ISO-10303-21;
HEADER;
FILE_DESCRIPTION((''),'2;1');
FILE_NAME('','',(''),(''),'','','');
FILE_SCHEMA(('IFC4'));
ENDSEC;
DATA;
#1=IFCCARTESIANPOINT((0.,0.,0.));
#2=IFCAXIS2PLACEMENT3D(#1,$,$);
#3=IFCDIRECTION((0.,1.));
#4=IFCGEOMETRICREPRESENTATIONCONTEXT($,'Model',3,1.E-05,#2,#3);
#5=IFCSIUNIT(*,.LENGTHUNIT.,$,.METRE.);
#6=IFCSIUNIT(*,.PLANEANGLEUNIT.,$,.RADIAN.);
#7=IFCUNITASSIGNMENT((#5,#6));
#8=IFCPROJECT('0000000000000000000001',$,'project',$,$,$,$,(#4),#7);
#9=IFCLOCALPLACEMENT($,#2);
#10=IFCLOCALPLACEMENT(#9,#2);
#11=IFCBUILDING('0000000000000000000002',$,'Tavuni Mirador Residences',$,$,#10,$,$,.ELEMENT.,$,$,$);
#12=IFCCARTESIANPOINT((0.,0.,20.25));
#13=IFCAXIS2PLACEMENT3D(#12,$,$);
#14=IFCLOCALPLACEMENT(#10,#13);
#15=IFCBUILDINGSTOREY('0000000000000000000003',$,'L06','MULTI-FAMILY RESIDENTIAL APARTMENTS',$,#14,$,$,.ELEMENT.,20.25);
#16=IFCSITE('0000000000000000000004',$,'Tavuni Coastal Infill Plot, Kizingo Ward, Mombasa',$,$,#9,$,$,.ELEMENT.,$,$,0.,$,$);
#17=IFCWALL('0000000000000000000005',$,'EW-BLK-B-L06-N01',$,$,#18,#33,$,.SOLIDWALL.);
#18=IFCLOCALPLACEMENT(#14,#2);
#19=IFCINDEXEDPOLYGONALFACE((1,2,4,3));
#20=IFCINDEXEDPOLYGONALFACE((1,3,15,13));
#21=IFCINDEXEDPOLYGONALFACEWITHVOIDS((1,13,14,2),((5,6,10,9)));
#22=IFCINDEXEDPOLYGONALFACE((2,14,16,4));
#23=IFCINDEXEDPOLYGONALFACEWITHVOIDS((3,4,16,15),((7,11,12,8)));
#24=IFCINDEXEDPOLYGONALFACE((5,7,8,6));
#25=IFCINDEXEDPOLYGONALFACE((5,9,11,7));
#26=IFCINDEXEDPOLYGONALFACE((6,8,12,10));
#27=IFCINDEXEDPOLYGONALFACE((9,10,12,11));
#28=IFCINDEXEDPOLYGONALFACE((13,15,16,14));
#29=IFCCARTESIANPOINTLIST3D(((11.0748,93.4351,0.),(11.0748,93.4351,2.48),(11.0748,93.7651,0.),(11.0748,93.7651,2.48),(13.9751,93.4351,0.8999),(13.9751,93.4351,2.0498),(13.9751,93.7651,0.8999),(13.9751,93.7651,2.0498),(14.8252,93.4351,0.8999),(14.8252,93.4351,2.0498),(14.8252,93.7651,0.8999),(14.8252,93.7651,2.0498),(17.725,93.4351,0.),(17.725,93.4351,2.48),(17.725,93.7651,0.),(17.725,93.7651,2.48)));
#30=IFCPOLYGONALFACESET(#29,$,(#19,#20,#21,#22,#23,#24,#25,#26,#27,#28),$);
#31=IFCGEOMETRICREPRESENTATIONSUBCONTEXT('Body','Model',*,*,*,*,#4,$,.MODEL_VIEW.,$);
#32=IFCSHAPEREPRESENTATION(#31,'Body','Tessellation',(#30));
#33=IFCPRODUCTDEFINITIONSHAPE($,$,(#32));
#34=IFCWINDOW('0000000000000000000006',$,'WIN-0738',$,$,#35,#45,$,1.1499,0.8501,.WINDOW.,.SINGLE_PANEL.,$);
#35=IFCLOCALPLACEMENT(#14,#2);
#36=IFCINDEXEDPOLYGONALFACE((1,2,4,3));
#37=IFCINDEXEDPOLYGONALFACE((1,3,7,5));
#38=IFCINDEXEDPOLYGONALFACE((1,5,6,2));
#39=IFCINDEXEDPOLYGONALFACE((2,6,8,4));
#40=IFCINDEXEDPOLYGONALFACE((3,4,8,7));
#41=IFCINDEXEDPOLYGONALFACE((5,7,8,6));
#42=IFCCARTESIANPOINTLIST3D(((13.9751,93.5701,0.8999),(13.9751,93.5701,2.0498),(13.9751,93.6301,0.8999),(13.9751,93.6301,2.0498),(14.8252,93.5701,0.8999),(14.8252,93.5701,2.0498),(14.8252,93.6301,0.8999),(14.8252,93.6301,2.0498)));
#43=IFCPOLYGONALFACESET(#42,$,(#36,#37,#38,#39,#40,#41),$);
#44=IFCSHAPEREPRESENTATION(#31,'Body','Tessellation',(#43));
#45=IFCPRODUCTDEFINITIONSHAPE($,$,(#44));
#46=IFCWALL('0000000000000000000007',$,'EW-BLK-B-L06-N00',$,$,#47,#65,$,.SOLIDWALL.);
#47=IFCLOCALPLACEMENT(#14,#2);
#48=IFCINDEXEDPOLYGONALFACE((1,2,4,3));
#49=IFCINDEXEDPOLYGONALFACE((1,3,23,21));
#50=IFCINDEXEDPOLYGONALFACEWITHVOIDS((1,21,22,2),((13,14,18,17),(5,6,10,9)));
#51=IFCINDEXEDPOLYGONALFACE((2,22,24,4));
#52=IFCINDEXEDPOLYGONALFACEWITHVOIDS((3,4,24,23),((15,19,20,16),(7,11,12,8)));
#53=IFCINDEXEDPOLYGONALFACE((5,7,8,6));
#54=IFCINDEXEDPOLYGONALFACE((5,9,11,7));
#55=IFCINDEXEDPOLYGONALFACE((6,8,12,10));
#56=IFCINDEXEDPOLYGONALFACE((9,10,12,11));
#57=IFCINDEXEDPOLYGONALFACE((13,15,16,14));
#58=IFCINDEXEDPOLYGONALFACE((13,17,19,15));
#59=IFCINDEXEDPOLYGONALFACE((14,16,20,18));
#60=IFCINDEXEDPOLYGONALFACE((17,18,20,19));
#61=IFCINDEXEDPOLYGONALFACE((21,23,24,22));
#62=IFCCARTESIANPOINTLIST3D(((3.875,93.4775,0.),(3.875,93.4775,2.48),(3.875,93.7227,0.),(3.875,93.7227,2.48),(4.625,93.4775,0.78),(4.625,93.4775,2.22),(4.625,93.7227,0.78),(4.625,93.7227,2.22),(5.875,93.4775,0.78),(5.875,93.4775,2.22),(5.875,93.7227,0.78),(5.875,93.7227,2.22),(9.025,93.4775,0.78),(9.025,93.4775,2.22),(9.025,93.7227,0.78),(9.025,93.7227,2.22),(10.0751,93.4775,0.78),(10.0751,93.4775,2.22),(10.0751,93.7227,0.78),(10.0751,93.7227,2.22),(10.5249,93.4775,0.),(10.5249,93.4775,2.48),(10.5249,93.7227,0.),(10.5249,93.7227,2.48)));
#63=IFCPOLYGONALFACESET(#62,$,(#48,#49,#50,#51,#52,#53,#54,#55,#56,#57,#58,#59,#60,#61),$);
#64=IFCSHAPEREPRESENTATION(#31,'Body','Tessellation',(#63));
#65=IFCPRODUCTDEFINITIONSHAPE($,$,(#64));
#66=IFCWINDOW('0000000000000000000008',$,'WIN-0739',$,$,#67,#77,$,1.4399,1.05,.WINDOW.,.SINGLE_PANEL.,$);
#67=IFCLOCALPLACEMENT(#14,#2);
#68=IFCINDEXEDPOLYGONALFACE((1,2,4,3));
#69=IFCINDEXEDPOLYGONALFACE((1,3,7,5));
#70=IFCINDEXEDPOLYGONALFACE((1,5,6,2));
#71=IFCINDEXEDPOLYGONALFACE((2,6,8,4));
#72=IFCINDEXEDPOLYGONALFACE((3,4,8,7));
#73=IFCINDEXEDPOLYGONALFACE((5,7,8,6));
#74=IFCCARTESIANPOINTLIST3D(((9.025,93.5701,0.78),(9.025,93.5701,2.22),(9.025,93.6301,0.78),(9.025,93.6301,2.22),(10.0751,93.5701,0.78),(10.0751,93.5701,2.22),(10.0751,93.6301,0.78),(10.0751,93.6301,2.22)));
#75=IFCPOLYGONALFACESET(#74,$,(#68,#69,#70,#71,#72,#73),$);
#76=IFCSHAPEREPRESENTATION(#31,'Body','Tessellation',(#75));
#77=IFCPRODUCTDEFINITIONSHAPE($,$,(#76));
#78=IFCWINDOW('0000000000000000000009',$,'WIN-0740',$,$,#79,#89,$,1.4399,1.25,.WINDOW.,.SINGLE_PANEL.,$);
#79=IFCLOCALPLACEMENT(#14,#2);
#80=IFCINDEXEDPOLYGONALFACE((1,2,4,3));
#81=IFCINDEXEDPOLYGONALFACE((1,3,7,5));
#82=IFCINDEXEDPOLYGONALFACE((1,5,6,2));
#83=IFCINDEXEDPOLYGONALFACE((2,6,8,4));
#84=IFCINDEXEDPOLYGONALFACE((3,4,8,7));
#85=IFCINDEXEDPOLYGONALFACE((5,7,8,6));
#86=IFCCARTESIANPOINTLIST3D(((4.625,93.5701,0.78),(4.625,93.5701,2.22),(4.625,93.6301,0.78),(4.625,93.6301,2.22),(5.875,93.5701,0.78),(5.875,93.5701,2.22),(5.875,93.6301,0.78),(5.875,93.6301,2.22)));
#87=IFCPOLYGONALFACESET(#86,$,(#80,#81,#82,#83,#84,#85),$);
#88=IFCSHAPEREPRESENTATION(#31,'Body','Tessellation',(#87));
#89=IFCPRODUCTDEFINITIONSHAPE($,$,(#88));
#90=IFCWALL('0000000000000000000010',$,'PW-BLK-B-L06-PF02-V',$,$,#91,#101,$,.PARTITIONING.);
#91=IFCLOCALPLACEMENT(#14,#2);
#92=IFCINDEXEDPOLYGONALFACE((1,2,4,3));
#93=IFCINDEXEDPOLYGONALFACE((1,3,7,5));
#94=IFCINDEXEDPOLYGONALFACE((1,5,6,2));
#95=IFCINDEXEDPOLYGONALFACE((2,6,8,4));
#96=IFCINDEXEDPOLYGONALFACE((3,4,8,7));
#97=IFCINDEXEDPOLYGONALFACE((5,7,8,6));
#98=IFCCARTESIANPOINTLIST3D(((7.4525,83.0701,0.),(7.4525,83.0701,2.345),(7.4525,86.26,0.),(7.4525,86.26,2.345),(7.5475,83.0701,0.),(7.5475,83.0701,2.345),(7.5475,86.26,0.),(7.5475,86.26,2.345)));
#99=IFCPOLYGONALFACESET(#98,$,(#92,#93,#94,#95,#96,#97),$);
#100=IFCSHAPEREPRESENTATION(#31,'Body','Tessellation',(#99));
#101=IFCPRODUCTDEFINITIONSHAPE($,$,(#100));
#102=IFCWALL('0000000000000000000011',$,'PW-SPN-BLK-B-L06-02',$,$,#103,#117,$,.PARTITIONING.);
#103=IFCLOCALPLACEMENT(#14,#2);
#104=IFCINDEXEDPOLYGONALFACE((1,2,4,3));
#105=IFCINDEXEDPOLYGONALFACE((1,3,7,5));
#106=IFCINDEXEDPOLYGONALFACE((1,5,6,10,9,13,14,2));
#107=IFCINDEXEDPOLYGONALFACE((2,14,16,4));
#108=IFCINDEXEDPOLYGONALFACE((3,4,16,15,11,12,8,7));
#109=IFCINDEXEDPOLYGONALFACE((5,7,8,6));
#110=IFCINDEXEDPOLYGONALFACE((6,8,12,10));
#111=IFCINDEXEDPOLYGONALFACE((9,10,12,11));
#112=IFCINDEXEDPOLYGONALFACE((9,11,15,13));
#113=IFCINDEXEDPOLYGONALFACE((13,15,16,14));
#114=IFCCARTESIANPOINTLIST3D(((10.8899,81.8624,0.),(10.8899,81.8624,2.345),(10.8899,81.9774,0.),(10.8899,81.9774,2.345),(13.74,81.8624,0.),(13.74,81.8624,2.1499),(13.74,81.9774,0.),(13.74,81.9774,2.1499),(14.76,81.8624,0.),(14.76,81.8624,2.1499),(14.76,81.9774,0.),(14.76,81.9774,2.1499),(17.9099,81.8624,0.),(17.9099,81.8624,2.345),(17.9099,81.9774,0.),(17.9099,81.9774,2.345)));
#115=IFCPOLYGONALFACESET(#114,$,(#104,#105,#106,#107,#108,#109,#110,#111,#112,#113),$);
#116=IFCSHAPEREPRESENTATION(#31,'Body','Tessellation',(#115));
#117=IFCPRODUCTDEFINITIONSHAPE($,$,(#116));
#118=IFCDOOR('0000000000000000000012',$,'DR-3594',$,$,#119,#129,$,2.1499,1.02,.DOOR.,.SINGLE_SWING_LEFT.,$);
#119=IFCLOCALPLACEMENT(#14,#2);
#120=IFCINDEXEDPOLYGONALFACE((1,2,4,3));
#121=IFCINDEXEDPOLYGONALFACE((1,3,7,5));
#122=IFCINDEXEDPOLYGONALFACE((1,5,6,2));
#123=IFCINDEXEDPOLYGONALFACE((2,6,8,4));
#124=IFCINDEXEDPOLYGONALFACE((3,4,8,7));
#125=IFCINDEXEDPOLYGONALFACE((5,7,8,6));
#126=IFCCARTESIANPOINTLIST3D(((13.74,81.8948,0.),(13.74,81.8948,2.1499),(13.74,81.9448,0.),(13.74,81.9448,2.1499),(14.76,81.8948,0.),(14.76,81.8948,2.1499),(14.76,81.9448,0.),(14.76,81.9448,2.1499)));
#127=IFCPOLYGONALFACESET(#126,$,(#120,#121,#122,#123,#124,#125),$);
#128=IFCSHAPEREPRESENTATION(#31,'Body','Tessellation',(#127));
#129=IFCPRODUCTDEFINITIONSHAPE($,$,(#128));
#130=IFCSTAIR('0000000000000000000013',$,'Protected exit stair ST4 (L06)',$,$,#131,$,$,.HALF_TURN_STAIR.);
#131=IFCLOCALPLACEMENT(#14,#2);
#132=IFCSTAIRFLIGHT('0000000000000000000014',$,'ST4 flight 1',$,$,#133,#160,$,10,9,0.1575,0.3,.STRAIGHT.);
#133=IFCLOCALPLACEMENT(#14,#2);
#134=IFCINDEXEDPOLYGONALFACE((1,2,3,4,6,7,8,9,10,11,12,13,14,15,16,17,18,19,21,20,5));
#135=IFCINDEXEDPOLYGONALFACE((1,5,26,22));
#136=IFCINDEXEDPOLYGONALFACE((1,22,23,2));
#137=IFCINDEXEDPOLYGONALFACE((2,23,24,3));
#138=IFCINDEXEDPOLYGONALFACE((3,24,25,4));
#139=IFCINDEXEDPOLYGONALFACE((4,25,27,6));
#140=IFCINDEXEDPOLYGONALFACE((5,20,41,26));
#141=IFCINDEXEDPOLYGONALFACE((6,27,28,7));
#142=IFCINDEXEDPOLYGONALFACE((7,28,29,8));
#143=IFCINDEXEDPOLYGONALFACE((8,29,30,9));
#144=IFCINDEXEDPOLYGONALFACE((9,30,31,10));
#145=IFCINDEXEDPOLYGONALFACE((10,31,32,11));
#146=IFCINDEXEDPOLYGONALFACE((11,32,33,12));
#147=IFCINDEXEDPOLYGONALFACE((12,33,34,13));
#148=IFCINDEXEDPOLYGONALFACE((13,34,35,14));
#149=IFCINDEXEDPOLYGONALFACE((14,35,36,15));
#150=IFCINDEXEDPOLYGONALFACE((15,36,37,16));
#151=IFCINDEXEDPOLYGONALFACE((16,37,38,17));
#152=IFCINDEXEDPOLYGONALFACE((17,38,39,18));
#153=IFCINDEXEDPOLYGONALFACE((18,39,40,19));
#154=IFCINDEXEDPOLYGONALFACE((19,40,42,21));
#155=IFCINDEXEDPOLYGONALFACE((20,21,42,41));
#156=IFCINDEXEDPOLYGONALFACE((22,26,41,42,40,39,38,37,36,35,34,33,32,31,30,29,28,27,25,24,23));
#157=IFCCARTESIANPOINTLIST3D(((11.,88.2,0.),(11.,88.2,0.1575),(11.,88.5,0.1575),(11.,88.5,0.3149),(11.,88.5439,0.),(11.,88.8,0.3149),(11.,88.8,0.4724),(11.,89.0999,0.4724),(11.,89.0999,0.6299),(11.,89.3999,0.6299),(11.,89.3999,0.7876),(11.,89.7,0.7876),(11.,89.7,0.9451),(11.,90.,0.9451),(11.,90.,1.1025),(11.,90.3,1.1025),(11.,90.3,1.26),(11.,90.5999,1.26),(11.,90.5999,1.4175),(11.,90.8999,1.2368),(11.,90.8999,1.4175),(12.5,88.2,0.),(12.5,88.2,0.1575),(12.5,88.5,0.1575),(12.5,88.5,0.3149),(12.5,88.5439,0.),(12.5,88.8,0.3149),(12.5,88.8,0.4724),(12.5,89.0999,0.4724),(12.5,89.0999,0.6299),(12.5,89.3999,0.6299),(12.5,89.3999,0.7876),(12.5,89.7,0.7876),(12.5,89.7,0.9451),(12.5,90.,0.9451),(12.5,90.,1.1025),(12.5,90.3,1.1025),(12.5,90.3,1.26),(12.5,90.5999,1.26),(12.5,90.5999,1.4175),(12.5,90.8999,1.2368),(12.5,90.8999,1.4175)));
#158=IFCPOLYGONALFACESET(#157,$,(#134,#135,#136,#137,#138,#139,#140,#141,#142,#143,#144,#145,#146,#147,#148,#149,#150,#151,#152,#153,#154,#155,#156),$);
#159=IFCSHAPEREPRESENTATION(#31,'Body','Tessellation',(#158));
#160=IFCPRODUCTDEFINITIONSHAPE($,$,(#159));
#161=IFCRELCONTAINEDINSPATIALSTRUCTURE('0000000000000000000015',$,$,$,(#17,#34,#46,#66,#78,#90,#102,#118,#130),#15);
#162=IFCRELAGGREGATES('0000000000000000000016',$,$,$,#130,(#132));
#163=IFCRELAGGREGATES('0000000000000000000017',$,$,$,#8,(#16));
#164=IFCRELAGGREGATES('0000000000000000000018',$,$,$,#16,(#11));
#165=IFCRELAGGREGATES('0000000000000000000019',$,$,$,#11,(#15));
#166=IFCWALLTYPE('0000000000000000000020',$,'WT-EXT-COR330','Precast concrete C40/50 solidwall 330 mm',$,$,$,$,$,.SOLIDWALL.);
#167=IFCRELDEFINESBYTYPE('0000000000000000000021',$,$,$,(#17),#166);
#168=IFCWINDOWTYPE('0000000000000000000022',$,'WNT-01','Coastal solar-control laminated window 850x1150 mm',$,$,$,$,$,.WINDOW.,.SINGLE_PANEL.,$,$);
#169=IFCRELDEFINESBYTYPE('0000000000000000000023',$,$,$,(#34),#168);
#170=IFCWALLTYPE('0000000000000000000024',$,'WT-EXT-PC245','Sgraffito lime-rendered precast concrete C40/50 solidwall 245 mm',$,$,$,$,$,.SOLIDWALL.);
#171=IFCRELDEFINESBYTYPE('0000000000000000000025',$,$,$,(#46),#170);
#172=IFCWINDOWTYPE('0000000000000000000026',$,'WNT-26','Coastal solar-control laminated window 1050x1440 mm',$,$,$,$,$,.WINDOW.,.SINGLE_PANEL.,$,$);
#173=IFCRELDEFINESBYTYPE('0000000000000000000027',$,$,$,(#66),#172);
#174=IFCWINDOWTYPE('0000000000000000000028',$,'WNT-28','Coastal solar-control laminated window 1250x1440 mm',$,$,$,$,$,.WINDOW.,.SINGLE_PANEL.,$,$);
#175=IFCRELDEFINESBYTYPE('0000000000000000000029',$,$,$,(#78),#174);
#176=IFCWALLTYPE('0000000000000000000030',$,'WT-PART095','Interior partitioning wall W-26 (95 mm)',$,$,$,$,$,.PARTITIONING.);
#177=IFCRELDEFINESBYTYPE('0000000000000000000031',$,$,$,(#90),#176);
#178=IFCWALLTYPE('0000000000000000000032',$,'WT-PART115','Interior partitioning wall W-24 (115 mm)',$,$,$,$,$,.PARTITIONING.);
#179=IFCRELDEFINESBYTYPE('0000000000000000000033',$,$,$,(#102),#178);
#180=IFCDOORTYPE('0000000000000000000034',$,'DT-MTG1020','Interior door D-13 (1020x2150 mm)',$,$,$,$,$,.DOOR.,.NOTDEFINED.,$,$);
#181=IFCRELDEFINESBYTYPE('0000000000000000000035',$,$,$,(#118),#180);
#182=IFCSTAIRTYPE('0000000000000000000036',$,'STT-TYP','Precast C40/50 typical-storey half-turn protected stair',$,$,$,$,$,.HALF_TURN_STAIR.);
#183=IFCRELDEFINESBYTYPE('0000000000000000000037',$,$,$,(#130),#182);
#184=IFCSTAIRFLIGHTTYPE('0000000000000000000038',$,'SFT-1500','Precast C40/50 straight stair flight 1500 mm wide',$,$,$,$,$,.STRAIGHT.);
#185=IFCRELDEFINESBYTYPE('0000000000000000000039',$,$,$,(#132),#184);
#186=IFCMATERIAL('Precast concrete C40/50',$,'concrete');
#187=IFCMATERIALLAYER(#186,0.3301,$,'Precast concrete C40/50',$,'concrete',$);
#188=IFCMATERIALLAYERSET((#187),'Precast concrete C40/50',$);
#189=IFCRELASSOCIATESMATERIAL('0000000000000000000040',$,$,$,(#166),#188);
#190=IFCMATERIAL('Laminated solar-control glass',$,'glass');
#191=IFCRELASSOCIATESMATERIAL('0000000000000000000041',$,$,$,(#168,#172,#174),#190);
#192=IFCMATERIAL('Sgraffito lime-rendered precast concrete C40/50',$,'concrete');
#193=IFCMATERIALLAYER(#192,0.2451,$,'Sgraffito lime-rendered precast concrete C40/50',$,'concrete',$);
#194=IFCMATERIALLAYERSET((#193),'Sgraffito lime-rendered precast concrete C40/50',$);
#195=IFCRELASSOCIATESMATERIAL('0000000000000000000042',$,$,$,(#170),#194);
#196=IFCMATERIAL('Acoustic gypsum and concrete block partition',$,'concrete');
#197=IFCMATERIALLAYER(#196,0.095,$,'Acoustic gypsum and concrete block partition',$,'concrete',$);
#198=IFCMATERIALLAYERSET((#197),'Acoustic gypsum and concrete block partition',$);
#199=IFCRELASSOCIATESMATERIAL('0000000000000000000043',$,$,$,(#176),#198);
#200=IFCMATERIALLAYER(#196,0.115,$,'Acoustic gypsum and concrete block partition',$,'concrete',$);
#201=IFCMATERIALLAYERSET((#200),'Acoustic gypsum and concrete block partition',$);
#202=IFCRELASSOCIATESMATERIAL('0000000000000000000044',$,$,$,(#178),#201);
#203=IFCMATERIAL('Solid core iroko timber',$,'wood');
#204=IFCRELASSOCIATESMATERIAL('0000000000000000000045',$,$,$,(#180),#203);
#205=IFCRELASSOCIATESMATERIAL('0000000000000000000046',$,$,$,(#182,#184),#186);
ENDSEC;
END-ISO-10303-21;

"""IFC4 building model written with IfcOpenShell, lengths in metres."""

from ifc_helpers import new_model, si_unit, direction, frame, frame_2d, origin, place, context, subcontext, project, spatial, polyline, rectangle, outline, extrude, material, layer, layer_set, type_object, element, fill, aggregate, save


model = new_model("IFC4")

# Units and contexts
model_context = context("Model", 3, precision=1e-05, world=origin(), true_north=direction((0.0, 1.0)))
body_context = subcontext(model_context, "Body", "Model", "MODEL_VIEW")
ifc_project = project(units=[si_unit("LENGTHUNIT", "METRE"), si_unit("PLANEANGLEUNIT", "RADIAN")], contexts=[model_context])

# Site, building, storey
site_placement = place(None, origin())
site = spatial("IfcSite", under=ifc_project, at=site_placement, Name="Tavuni Coastal Infill Plot, Kizingo Ward, Mombasa", CompositionType="ELEMENT", RefElevation=0.0)
building_placement = place(site_placement, origin())
building = spatial("IfcBuilding", under=site, at=building_placement, Name="Tavuni Mirador Residences", CompositionType="ELEMENT")
storey_placement = place(building_placement, frame((0.0, 0.0, 20.25)))
storey = spatial("IfcBuildingStorey", under=building, at=storey_placement, Name="L06", Description="MULTI-FAMILY RESIDENTIAL APARTMENTS", CompositionType="ELEMENT", Elevation=20.25)

# Shared definitions
ifc_material_1 = material(Name="Precast concrete C40/50", Category="concrete")

# Shared definitions
ifc_material_2 = material(Name="Solid core iroko timber", Category="wood")

# Wall, opening, window
ifc_layer_1 = layer(ifc_material_1, 0.3301, Name="Precast concrete C40/50", Category="concrete")
ifc_layer_set_1 = layer_set([ifc_layer_1], Name="Precast concrete C40/50")
wall_type_1 = type_object("IfcWallType", Name="WT-EXT-COR330", Description="Precast concrete C40/50 solidwall 330 mm", PredefinedType="SOLIDWALL", material=ifc_layer_set_1)
wall_1_placement = place(storey_placement, frame((17.7251, 93.6001, 0.0), z_axis=(0.0, 0.0, 1.0), x_axis=(-1.0, 0.0, 0.0)))
wall_1 = element("IfcWall", 1, at=wall_1_placement, inside=storey, type_object=wall_type_1, Name="EW-BLK-B-L06-N01", PredefinedType="SOLIDWALL", context=body_context, shape_type="SweptSolid", body=[
    extrude(rectangle(XDim=6.6501, YDim=0.3301, at=frame_2d((3.3252, 0.0))), origin(), (0.0, 0.0, 1.0), 2.48),
])
opening_1_placement = place(wall_1_placement, frame((2.8999, 0.0, 0.8999)))
opening_1 = element("IfcOpeningElement", 2, at=opening_1_placement, cuts=wall_1, PredefinedType="OPENING", context=body_context, shape_type="SweptSolid", body=[
    extrude(rectangle(XDim=0.8501, YDim=1.1499, at=frame_2d((0.425, 0.575))), frame((0.0, 0.175, 0.0), z_axis=(0.0, -1.0, 0.0), x_axis=(1.0, 0.0, 0.0)), (0.0, 0.0, 1.0), 0.3501),
])
ifc_material_3 = material(Name="Laminated solar-control glass", Category="glass")
window_type_1 = type_object("IfcWindowType", Name="WNT-01", Description="Coastal solar-control laminated window 850x1150 mm", PartitioningType="SINGLE_PANEL", PredefinedType="WINDOW", material=ifc_material_3)
window_1_placement = place(opening_1_placement, origin())
window_1 = element("IfcWindow", 3, at=window_1_placement, inside=storey, type_object=window_type_1, Name="WIN-0738", OverallHeight=1.1499, OverallWidth=0.8501, PartitioningType="SINGLE_PANEL", PredefinedType="WINDOW", context=body_context, shape_type="SweptSolid", body=[
    extrude(rectangle(XDim=0.8501, YDim=1.1499, at=frame_2d((0.425, 0.575))), frame((0.0, 0.03, 0.0), z_axis=(0.0, -1.0, 0.0), x_axis=(1.0, 0.0, 0.0)), (0.0, 0.0, 1.0), 0.0601),
])
fill(opening_1, window_1)

# Wall, openings, windows
ifc_material_4 = material(Name="Sgraffito lime-rendered precast concrete C40/50", Category="concrete")
ifc_layer_2 = layer(ifc_material_4, 0.2451, Name="Sgraffito lime-rendered precast concrete C40/50", Category="concrete")
ifc_layer_set_2 = layer_set([ifc_layer_2], Name="Sgraffito lime-rendered precast concrete C40/50")
wall_type_2 = type_object("IfcWallType", Name="WT-EXT-PC245", Description="Sgraffito lime-rendered precast concrete C40/50 solidwall 245 mm", PredefinedType="SOLIDWALL", material=ifc_layer_set_2)
wall_2_placement = place(storey_placement, frame((10.5249, 93.6001, 0.0), z_axis=(0.0, 0.0, 1.0), x_axis=(-1.0, 0.0, 0.0)))
wall_2 = element("IfcWall", 4, at=wall_2_placement, inside=storey, type_object=wall_type_2, Name="EW-BLK-B-L06-N00", PredefinedType="SOLIDWALL", context=body_context, shape_type="SweptSolid", body=[
    extrude(rectangle(XDim=6.6499, YDim=0.2451, at=frame_2d((3.325, 0.0))), origin(), (0.0, 0.0, 1.0), 2.48),
])
opening_2_placement = place(wall_2_placement, frame((0.45, 0.0, 0.78)))
opening_2 = element("IfcOpeningElement", 5, at=opening_2_placement, cuts=wall_2, PredefinedType="OPENING", context=body_context, shape_type="SweptSolid", body=[
    extrude(rectangle(XDim=1.05, YDim=1.4399, at=frame_2d((0.5249, 0.72))), frame((0.0, 0.1326, 0.0), z_axis=(0.0, -1.0, 0.0), x_axis=(1.0, 0.0, 0.0)), (0.0, 0.0, 1.0), 0.2651),
])
opening_3_placement = place(wall_2_placement, frame((4.6499, 0.0, 0.78)))
opening_3 = element("IfcOpeningElement", 6, at=opening_3_placement, cuts=wall_2, PredefinedType="OPENING", context=body_context, shape_type="SweptSolid", body=[
    extrude(rectangle(XDim=1.25, YDim=1.4399, at=frame_2d((0.625, 0.72))), frame((0.0, 0.1326, 0.0), z_axis=(0.0, -1.0, 0.0), x_axis=(1.0, 0.0, 0.0)), (0.0, 0.0, 1.0), 0.2651),
])
window_type_2 = type_object("IfcWindowType", Name="WNT-26", Description="Coastal solar-control laminated window 1050x1440 mm", PartitioningType="SINGLE_PANEL", PredefinedType="WINDOW", material=ifc_material_3)
window_2_placement = place(opening_2_placement, origin())
window_2 = element("IfcWindow", 7, at=window_2_placement, inside=storey, type_object=window_type_2, Name="WIN-0739", OverallHeight=1.4399, OverallWidth=1.05, PartitioningType="SINGLE_PANEL", PredefinedType="WINDOW", context=body_context, shape_type="SweptSolid", body=[
    extrude(rectangle(XDim=1.05, YDim=1.4399, at=frame_2d((0.5249, 0.72))), frame((0.0, 0.03, 0.0), z_axis=(0.0, -1.0, 0.0), x_axis=(1.0, 0.0, 0.0)), (0.0, 0.0, 1.0), 0.0601),
])
fill(opening_2, window_2)
window_type_3 = type_object("IfcWindowType", Name="WNT-28", Description="Coastal solar-control laminated window 1250x1440 mm", PartitioningType="SINGLE_PANEL", PredefinedType="WINDOW", material=ifc_material_3)
window_3_placement = place(opening_3_placement, origin())
window_3 = element("IfcWindow", 8, at=window_3_placement, inside=storey, type_object=window_type_3, Name="WIN-0740", OverallHeight=1.4399, OverallWidth=1.25, PartitioningType="SINGLE_PANEL", PredefinedType="WINDOW", context=body_context, shape_type="SweptSolid", body=[
    extrude(rectangle(XDim=1.25, YDim=1.4399, at=frame_2d((0.625, 0.72))), frame((0.0, 0.03, 0.0), z_axis=(0.0, -1.0, 0.0), x_axis=(1.0, 0.0, 0.0)), (0.0, 0.0, 1.0), 0.0601),
])
fill(opening_3, window_3)

# Wall
ifc_material_5 = material(Name="Acoustic gypsum and concrete block partition", Category="concrete")
ifc_layer_3 = layer(ifc_material_5, 0.095, Name="Acoustic gypsum and concrete block partition", Category="concrete")
ifc_layer_set_3 = layer_set([ifc_layer_3], Name="Acoustic gypsum and concrete block partition")
wall_type_3 = type_object("IfcWallType", Name="WT-PART095", Description="Interior partitioning wall W-26 (95 mm)", PredefinedType="PARTITIONING", material=ifc_layer_set_3)
wall_3_placement = place(storey_placement, frame((7.5, 83.0701, 0.0), z_axis=(0.0, 0.0, 1.0), x_axis=(0.0, 1.0, 0.0)))
element("IfcWall", 9, at=wall_3_placement, inside=storey, type_object=wall_type_3, Name="PW-BLK-B-L06-PF02-V", PredefinedType="PARTITIONING", context=body_context, shape_type="SweptSolid", body=[
    extrude(rectangle(XDim=3.1899, YDim=0.095, at=frame_2d((1.595, 0.0))), origin(), (0.0, 0.0, 1.0), 2.345),
])

# Wall, opening, door
ifc_layer_4 = layer(ifc_material_5, 0.115, Name="Acoustic gypsum and concrete block partition", Category="concrete")
ifc_layer_set_4 = layer_set([ifc_layer_4], Name="Acoustic gypsum and concrete block partition")
wall_type_4 = type_object("IfcWallType", Name="WT-PART115", Description="Interior partitioning wall W-24 (115 mm)", PredefinedType="PARTITIONING", material=ifc_layer_set_4)
wall_4_placement = place(storey_placement, frame((10.8899, 81.9199, 0.0), z_axis=(0.0, 0.0, 1.0), x_axis=(1.0, 0.0, 0.0)))
wall_4 = element("IfcWall", 10, at=wall_4_placement, inside=storey, type_object=wall_type_4, Name="PW-SPN-BLK-B-L06-02", PredefinedType="PARTITIONING", context=body_context, shape_type="SweptSolid", body=[
    extrude(rectangle(XDim=7.02, YDim=0.115, at=frame_2d((3.51, 0.0))), origin(), (0.0, 0.0, 1.0), 2.345),
])
opening_4_placement = place(wall_4_placement, frame((2.8501, 0.0, 0.0)))
opening_4 = element("IfcOpeningElement", 11, at=opening_4_placement, cuts=wall_4, PredefinedType="OPENING", context=body_context, shape_type="SweptSolid", body=[
    extrude(rectangle(XDim=1.02, YDim=2.1499, at=frame_2d((0.51, 1.075))), frame((0.0, 0.0674, 0.0), z_axis=(0.0, -1.0, 0.0), x_axis=(1.0, 0.0, 0.0)), (0.0, 0.0, 1.0), 0.135),
])
door_type_1 = type_object("IfcDoorType", Name="DT-MTG1020", Description="Interior door D-13 (1020x2150 mm)", OperationType="NOTDEFINED", PredefinedType="DOOR", material=ifc_material_2)
door_1_placement = place(opening_4_placement, origin())
door_1 = element("IfcDoor", 12, at=door_1_placement, inside=storey, type_object=door_type_1, Name="DR-3594", OperationType="SINGLE_SWING_LEFT", OverallHeight=2.1499, OverallWidth=1.02, PredefinedType="DOOR", context=body_context, shape_type="SweptSolid", body=[
    extrude(rectangle(XDim=1.02, YDim=2.1499, at=frame_2d((0.51, 1.075))), frame((0.0, 0.0249, 0.0), z_axis=(0.0, -1.0, 0.0), x_axis=(1.0, 0.0, 0.0)), (0.0, 0.0, 1.0), 0.05),
])
fill(opening_4, door_1)

# Stair, stair flight
stair_type = type_object("IfcStairType", Name="STT-TYP", Description="Precast C40/50 typical-storey half-turn protected stair", PredefinedType="HALF_TURN_STAIR", material=ifc_material_1)
stair_placement = place(storey_placement, origin())
stair = element("IfcStair", 13, at=stair_placement, inside=storey, type_object=stair_type, Name="Protected exit stair ST4 (L06)", PredefinedType="HALF_TURN_STAIR")
stair_flight_type = type_object("IfcStairFlightType", Name="SFT-1500", Description="Precast C40/50 straight stair flight 1500 mm wide", PredefinedType="STRAIGHT", material=ifc_material_1)
stair_flight_1_placement = place(storey_placement, frame((11.75, 88.2, 0.0), z_axis=(0.0, 0.0, 1.0), x_axis=(0.0, 1.0, 0.0)))
stair_flight_1 = element("IfcStairFlight", 14, at=stair_flight_1_placement, type_object=stair_flight_type, Name="ST4 flight 1", NumberOfRisers=10, NumberOfTreads=9, PredefinedType="STRAIGHT", RiserHeight=0.1575, TreadLength=0.3, context=body_context, shape_type="SweptSolid", body=[
    extrude(outline(polyline([(0.0, 0.0), (0.0, 0.1575), (0.3, 0.1575), (0.3, 0.3149), (0.6001, 0.3149), (0.6001, 0.4724), (0.8999, 0.4724), (0.8999, 0.6299), (1.2, 0.6299), (1.2, 0.7876), (1.5, 0.7876), (1.5, 0.9451), (1.8, 0.9451), (1.8, 1.1025), (2.1001, 1.1025), (2.1001, 1.26), (2.3999, 1.26), (2.3999, 1.4175), (2.7, 1.4175), (2.7, 1.575), (2.7, 1.2368), (0.344, 0.0), (0.0, 0.0)])), frame((0.0, 0.75, 0.0), z_axis=(0.0, -1.0, 0.0), x_axis=(1.0, 0.0, 0.0)), (0.0, 0.0, 1.0), 1.5),
])
aggregate(stair, [stair_flight_1])

save(model, "model.ifc")
